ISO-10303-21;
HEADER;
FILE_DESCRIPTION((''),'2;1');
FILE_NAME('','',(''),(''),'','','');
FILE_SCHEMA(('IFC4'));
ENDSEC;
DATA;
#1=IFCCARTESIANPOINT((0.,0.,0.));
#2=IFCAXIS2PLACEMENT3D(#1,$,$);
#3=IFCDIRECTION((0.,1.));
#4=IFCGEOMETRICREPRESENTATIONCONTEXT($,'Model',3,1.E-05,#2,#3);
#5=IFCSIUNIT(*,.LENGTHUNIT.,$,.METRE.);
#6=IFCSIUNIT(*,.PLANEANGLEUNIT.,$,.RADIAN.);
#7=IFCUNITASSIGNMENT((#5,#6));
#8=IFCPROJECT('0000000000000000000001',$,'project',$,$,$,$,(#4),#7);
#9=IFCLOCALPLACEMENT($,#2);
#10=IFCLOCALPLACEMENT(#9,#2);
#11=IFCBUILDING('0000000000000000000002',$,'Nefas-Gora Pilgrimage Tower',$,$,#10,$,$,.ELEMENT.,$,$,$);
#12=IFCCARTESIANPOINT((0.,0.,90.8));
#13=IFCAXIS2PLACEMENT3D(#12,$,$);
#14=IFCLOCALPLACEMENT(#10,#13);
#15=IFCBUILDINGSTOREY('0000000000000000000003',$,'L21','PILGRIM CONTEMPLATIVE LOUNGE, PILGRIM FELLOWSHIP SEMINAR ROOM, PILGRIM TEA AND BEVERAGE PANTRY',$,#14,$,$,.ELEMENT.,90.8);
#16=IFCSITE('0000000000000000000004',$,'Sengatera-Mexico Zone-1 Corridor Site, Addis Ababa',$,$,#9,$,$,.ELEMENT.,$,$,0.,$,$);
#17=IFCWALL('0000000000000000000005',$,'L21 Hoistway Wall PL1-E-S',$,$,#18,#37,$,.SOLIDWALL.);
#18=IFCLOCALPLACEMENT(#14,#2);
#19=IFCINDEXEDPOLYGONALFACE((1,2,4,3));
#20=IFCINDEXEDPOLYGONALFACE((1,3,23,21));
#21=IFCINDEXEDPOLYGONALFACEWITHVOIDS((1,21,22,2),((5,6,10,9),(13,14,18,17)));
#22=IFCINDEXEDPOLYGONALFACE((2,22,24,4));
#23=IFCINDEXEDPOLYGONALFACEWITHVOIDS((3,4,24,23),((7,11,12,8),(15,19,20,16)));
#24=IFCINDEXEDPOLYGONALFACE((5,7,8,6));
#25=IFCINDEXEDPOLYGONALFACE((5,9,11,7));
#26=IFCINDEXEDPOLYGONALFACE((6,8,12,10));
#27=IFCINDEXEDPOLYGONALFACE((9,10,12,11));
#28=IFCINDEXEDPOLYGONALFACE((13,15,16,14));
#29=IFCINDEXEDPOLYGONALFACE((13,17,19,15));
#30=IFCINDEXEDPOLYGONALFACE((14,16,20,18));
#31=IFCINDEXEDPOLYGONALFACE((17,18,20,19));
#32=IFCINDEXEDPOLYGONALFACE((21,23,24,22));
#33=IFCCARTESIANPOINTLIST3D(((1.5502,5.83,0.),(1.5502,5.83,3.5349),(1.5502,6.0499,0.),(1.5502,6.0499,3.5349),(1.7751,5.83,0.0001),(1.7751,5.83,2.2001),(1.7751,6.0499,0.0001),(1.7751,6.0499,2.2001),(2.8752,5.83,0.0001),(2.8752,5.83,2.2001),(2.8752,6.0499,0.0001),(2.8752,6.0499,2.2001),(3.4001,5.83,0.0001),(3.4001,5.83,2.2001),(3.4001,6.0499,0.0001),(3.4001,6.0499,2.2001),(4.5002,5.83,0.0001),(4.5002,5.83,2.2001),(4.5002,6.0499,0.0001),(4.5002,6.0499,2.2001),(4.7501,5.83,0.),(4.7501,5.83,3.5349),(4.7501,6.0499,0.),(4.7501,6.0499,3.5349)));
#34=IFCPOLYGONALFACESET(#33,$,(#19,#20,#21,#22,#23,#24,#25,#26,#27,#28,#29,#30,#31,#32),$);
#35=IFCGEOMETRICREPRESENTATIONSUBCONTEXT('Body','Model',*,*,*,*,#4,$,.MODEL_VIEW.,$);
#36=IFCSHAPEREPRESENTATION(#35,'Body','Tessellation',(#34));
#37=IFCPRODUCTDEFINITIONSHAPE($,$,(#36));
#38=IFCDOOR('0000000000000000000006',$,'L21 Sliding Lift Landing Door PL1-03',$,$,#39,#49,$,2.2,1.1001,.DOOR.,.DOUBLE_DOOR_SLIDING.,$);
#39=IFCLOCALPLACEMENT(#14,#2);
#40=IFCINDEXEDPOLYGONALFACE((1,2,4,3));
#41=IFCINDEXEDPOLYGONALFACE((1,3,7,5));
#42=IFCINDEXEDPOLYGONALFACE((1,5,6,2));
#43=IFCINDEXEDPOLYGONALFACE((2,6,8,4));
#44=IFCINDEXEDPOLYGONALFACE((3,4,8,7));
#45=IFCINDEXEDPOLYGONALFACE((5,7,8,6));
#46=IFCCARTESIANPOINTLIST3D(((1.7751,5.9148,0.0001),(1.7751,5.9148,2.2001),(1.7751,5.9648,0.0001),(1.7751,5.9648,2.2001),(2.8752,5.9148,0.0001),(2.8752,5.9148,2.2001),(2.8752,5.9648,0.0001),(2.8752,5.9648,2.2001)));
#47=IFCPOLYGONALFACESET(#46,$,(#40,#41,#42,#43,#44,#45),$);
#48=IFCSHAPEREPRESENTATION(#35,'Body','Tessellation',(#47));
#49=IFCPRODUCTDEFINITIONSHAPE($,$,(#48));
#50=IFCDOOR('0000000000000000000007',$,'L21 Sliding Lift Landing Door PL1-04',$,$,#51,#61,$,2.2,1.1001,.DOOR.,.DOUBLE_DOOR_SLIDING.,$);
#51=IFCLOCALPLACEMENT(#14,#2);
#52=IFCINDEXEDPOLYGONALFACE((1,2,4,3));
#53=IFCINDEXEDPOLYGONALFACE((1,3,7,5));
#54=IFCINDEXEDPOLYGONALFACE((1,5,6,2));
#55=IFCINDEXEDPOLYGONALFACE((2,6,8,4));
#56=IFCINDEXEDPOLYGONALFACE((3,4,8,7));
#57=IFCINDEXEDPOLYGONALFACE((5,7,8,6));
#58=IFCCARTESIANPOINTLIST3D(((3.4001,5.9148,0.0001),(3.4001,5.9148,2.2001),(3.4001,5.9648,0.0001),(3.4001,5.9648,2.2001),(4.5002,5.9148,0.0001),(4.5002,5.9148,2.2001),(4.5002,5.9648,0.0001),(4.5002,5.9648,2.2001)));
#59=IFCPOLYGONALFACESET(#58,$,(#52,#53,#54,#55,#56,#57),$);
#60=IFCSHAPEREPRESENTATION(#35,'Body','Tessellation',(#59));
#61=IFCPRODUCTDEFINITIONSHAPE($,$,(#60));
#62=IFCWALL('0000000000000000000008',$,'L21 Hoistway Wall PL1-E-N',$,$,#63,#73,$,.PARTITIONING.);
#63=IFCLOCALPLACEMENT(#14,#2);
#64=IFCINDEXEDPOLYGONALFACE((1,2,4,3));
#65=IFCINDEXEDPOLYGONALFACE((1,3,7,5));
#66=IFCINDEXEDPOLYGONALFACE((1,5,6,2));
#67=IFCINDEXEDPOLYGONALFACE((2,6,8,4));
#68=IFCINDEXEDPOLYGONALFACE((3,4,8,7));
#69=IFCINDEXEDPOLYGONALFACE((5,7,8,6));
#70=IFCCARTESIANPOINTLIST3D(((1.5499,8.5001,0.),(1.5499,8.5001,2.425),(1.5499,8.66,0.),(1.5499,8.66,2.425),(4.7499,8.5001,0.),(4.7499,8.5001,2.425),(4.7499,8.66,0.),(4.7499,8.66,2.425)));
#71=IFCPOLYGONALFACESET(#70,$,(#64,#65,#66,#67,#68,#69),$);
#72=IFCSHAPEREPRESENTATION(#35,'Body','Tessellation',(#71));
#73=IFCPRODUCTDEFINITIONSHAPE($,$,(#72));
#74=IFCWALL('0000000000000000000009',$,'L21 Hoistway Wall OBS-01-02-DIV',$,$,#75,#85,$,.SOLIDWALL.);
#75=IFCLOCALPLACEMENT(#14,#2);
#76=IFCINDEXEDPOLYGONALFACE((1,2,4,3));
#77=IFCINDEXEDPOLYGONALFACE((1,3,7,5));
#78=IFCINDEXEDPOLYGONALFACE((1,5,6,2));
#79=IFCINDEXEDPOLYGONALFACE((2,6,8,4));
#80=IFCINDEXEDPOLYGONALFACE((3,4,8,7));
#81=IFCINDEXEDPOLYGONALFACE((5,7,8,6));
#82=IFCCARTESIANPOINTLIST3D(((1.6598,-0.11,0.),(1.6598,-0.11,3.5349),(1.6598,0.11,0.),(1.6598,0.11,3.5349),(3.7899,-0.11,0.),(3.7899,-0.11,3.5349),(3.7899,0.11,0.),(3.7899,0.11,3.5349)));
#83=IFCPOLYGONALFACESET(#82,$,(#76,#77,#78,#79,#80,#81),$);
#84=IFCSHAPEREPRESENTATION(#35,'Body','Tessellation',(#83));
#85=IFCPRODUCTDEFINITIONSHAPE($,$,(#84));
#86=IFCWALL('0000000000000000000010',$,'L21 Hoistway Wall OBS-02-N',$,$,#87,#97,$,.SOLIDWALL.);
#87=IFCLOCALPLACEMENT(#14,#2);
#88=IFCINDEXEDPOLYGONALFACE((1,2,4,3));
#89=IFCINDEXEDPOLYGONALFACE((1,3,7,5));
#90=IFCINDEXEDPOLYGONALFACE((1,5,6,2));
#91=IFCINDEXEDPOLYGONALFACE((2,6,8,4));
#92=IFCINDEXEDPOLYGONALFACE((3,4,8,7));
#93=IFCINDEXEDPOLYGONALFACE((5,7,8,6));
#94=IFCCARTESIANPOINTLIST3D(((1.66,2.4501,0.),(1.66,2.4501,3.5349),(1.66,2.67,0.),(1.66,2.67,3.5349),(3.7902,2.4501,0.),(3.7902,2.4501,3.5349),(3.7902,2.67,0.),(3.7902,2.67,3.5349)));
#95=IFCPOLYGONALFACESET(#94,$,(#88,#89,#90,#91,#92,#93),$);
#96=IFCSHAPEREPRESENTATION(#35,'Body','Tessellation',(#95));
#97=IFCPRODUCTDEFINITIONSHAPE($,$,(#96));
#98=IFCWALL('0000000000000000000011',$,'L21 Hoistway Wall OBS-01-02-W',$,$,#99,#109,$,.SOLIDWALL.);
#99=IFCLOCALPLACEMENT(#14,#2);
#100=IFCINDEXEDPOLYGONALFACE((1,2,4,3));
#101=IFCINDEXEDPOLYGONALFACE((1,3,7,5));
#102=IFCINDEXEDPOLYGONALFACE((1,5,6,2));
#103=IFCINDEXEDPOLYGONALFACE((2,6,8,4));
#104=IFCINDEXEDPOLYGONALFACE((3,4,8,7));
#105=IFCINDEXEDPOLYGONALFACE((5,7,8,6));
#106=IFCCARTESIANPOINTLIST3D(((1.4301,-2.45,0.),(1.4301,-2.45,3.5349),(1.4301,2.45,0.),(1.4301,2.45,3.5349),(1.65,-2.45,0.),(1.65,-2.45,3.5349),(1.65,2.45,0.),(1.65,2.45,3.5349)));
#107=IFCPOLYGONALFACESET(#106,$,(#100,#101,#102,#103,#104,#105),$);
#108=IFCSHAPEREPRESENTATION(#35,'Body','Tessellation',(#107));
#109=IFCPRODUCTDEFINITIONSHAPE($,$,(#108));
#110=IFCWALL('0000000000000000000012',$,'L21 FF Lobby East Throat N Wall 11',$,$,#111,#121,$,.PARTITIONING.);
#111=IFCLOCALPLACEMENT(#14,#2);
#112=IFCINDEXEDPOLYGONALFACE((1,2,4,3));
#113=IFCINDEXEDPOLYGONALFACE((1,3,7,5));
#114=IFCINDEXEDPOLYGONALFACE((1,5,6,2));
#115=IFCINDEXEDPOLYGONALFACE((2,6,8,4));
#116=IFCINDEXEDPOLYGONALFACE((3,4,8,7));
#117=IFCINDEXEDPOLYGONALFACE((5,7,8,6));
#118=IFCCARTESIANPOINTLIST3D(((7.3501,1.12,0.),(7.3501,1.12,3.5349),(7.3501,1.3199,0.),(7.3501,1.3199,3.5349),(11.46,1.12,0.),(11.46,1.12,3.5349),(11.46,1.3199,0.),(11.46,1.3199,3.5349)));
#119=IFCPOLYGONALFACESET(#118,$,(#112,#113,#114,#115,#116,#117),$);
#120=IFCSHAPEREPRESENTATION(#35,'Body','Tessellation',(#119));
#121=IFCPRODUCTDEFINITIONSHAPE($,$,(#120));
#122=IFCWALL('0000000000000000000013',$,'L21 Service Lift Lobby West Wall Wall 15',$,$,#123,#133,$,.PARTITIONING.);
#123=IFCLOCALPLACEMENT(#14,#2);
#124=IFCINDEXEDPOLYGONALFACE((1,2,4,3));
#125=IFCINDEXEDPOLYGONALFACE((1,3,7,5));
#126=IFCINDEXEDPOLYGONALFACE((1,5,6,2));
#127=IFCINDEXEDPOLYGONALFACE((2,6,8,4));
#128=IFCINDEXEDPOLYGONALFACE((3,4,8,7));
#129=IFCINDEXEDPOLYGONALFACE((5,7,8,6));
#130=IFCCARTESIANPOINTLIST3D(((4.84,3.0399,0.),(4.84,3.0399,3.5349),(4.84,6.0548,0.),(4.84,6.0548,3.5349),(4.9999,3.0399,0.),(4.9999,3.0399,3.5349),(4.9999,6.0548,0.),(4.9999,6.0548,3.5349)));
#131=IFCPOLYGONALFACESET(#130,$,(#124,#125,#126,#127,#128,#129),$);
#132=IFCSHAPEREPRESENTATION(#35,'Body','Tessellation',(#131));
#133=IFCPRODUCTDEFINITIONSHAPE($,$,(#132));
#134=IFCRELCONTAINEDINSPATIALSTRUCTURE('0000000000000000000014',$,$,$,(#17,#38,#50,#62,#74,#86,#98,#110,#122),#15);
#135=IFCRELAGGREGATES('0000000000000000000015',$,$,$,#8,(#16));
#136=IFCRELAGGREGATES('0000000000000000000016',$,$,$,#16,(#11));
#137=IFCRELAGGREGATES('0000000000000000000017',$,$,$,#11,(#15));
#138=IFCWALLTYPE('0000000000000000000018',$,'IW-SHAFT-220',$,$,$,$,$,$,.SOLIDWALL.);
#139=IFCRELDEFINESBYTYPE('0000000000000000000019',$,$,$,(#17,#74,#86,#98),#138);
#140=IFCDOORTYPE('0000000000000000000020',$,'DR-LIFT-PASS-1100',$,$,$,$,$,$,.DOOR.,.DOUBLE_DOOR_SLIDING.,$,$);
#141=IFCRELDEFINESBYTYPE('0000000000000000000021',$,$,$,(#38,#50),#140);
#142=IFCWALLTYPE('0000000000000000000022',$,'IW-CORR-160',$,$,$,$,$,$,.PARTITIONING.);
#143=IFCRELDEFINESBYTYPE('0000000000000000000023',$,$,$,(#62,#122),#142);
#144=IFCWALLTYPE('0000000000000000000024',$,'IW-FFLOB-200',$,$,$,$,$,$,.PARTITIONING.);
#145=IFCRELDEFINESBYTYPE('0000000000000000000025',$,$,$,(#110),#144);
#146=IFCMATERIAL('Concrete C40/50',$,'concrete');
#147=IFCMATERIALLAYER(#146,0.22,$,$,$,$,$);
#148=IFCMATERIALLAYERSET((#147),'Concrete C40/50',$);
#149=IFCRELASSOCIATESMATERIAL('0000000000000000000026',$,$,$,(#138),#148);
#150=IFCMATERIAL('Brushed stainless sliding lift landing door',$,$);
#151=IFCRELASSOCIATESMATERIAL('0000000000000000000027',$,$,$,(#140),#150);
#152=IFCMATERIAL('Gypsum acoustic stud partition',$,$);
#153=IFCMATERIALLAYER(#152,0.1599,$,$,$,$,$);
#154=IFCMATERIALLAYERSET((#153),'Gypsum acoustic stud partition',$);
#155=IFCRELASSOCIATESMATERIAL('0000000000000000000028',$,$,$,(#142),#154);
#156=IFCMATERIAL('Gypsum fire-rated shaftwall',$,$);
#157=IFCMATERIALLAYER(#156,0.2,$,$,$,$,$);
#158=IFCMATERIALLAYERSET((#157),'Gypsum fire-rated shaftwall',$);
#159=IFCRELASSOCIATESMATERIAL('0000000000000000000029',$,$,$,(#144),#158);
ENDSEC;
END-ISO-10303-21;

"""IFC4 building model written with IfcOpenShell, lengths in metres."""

from ifc_helpers import new_model, si_unit, direction, frame, frame_2d, origin, place, context, subcontext, project, spatial, rectangle, extrude, source, transform, mapped, material, layer, layer_set, type_object, element, fill, save


model = new_model("IFC4")

# Units and contexts
model_context = context("Model", 3, precision=1e-05, world=origin(), true_north=direction((0.0, 1.0)))
body_context = subcontext(model_context, "Body", "Model", "MODEL_VIEW")
ifc_project = project(units=[si_unit("LENGTHUNIT", "METRE"), si_unit("PLANEANGLEUNIT", "RADIAN")], contexts=[model_context])

# Site, building, storey
site_placement = place(None, origin())
site = spatial("IfcSite", under=ifc_project, at=site_placement, Name="Sengatera-Mexico Zone-1 Corridor Site, Addis Ababa", CompositionType="ELEMENT", RefElevation=0.0)
building_placement = place(site_placement, origin())
building = spatial("IfcBuilding", under=site, at=building_placement, Name="Nefas-Gora Pilgrimage Tower", CompositionType="ELEMENT")
storey_placement = place(building_placement, frame((0.0, 0.0, 90.8)))
storey = spatial("IfcBuildingStorey", under=building, at=storey_placement, Name="L21", Description="PILGRIM CONTEMPLATIVE LOUNGE, PILGRIM FELLOWSHIP SEMINAR ROOM, PILGRIM TEA AND BEVERAGE PANTRY", CompositionType="ELEMENT", Elevation=90.8)

# Shared definitions
ifc_material_1 = material(Name="Concrete C40/50", Category="concrete")
ifc_layer_1 = layer(ifc_material_1, 0.22)
ifc_layer_set_1 = layer_set([ifc_layer_1], Name="Concrete C40/50")
wall_type_1 = type_object("IfcWallType", Name="IW-SHAFT-220", PredefinedType="SOLIDWALL", material=ifc_layer_set_1)

# Wall, openings, doors
shared_shape_1 = source(origin(), body_context, "Body", "SweptSolid", [
    extrude(rectangle(XDim=3.2, YDim=0.22, at=frame_2d((1.6001, 0.0))), origin(), (0.0, 0.0, 1.0), 3.5349),
])
wall_1_placement = place(storey_placement, frame((1.55, 5.9399, 0.0), z_axis=(0.0, 0.0, 1.0), x_axis=(1.0, 0.0, 0.0)))
wall_1 = element("IfcWall", 1, at=wall_1_placement, inside=storey, type_object=wall_type_1, Name="L21 Hoistway Wall PL1-E-S", PredefinedType="SOLIDWALL", context=body_context, shape_type="MappedRepresentation", body=[
    mapped(shared_shape_1, transform((0.0, 0.0, 0.0), x_axis=(1.0, 0.0, 0.0), y_axis=(0.0, 1.0, 0.0), z_axis=(0.0, 0.0, 1.0), scale=1.0)),
])
opening_1_placement = place(wall_1_placement, frame((0.2251, 0.0, 0.0)))
opening_1 = element("IfcOpeningElement", 2, at=opening_1_placement, cuts=wall_1, PredefinedType="OPENING", context=body_context, shape_type="SweptSolid", body=[
    extrude(rectangle(XDim=1.1001, YDim=2.2, at=frame_2d((0.55, 1.1001))), frame((0.0, 0.1199, 0.0), z_axis=(0.0, -1.0, 0.0), x_axis=(1.0, 0.0, 0.0)), (0.0, 0.0, 1.0), 0.24),
])
opening_2_placement = place(wall_1_placement, frame((1.8501, 0.0, 0.0)))
opening_2 = element("IfcOpeningElement", 3, at=opening_2_placement, cuts=wall_1, PredefinedType="OPENING", context=body_context, shape_type="SweptSolid", body=[
    extrude(rectangle(XDim=1.1001, YDim=2.2, at=frame_2d((0.55, 1.1001))), frame((0.0, 0.1199, 0.0), z_axis=(0.0, -1.0, 0.0), x_axis=(1.0, 0.0, 0.0)), (0.0, 0.0, 1.0), 0.24),
])
ifc_material_2 = material(Name="Brushed stainless sliding lift landing door")
door_type_1 = type_object("IfcDoorType", Name="DR-LIFT-PASS-1100", OperationType="DOUBLE_DOOR_SLIDING", PredefinedType="DOOR", material=ifc_material_2)
shared_shape_2 = source(origin(), body_context, "Body", "SweptSolid", [
    extrude(rectangle(XDim=1.1001, YDim=2.2, at=frame_2d((0.55, 1.1001))), frame((0.0, 0.0249, 0.0), z_axis=(0.0, -1.0, 0.0), x_axis=(1.0, 0.0, 0.0)), (0.0, 0.0, 1.0), 0.05),
])
door_1_placement = place(opening_1_placement, origin())
door_1 = element("IfcDoor", 4, at=door_1_placement, inside=storey, type_object=door_type_1, Name="L21 Sliding Lift Landing Door PL1-03", OperationType="DOUBLE_DOOR_SLIDING", OverallHeight=2.2, OverallWidth=1.1001, PredefinedType="DOOR", context=body_context, shape_type="MappedRepresentation", body=[
    mapped(shared_shape_2, transform((0.0, 0.0, 0.0), x_axis=(1.0, 0.0, 0.0), y_axis=(0.0, 1.0, 0.0), z_axis=(0.0, 0.0, 1.0), scale=1.0)),
])
fill(opening_1, door_1)
door_2_placement = place(opening_2_placement, origin())
door_2 = element("IfcDoor", 5, at=door_2_placement, inside=storey, type_object=door_type_1, Name="L21 Sliding Lift Landing Door PL1-04", OperationType="DOUBLE_DOOR_SLIDING", OverallHeight=2.2, OverallWidth=1.1001, PredefinedType="DOOR", context=body_context, shape_type="MappedRepresentation", body=[
    mapped(shared_shape_2, transform((0.0, 0.0, 0.0), x_axis=(1.0, 0.0, 0.0), y_axis=(0.0, 1.0, 0.0), z_axis=(0.0, 0.0, 1.0), scale=1.0)),
])
fill(opening_2, door_2)

# Walls
ifc_material_3 = material(Name="Gypsum acoustic stud partition")
ifc_layer_2 = layer(ifc_material_3, 0.1599)
ifc_layer_set_2 = layer_set([ifc_layer_2], Name="Gypsum acoustic stud partition")
wall_type_2 = type_object("IfcWallType", Name="IW-CORR-160", PredefinedType="PARTITIONING", material=ifc_layer_set_2)
shared_shape_3 = source(origin(), body_context, "Body", "SweptSolid", [
    extrude(rectangle(XDim=3.2, YDim=0.1599, at=frame_2d((1.6001, 0.0))), origin(), (0.0, 0.0, 1.0), 2.425),
])
wall_2_placement = place(storey_placement, frame((4.75, 8.5801, 0.0), z_axis=(0.0, 0.0, 1.0), x_axis=(-1.0, 0.0, 0.0)))
element("IfcWall", 6, at=wall_2_placement, inside=storey, type_object=wall_type_2, Name="L21 Hoistway Wall PL1-E-N", PredefinedType="PARTITIONING", context=body_context, shape_type="MappedRepresentation", body=[
    mapped(shared_shape_3, transform((0.0, 0.0, 0.0), x_axis=(1.0, 0.0, 0.0), y_axis=(0.0, 1.0, 0.0), z_axis=(0.0, 0.0, 1.0), scale=1.0)),
])
shared_shape_4 = source(origin(), body_context, "Body", "SweptSolid", [
    extrude(rectangle(XDim=2.1301, YDim=0.22, at=frame_2d((1.0649, 0.0))), origin(), (0.0, 0.0, 1.0), 3.5349),
])
for number, where, z_axis, x_axis, name in (
    (7, (1.6599, 0.0, 0.0), (0.0, 0.0, 1.0), (1.0, 0.0, 0.0), "L21 Hoistway Wall OBS-01-02-DIV"),
    (8, (3.79, 2.5601, 0.0), (0.0, 0.0, 1.0), (-1.0, 0.0, 0.0), "L21 Hoistway Wall OBS-02-N"),
):
    element("IfcWall", number, at=place(storey_placement, frame(where, z_axis=z_axis, x_axis=x_axis)), inside=storey, type_object=wall_type_1, Name=name, PredefinedType="SOLIDWALL", context=body_context, shape_type="MappedRepresentation", body=[
        mapped(shared_shape_4, transform((0.0, 0.0, 0.0), x_axis=(1.0, 0.0, 0.0), y_axis=(0.0, 1.0, 0.0), z_axis=(0.0, 0.0, 1.0), scale=1.0)),
    ])
shared_shape_5 = source(origin(), body_context, "Body", "SweptSolid", [
    extrude(rectangle(XDim=4.8999, YDim=0.22, at=frame_2d((2.45, 0.0))), origin(), (0.0, 0.0, 1.0), 3.5349),
])
wall_3_placement = place(storey_placement, frame((1.54, 2.45, 0.0), z_axis=(0.0, 0.0, 1.0), x_axis=(0.0, -1.0, 0.0)))
element("IfcWall", 9, at=wall_3_placement, inside=storey, type_object=wall_type_1, Name="L21 Hoistway Wall OBS-01-02-W", PredefinedType="SOLIDWALL", context=body_context, shape_type="MappedRepresentation", body=[
    mapped(shared_shape_5, transform((0.0, 0.0, 0.0), x_axis=(1.0, 0.0, 0.0), y_axis=(0.0, 1.0, 0.0), z_axis=(0.0, 0.0, 1.0), scale=1.0)),
])

# Shared definitions
ifc_material_4 = material(Name="Gypsum fire-rated shaftwall")
ifc_layer_3 = layer(ifc_material_4, 0.2)
ifc_layer_set_3 = layer_set([ifc_layer_3], Name="Gypsum fire-rated shaftwall")
wall_type_3 = type_object("IfcWallType", Name="IW-FFLOB-200", PredefinedType="PARTITIONING", material=ifc_layer_set_3)

# Walls
shared_shape_6 = source(origin(), body_context, "Body", "SweptSolid", [
    extrude(rectangle(XDim=4.1099, YDim=0.2, at=frame_2d((2.0549, 0.0))), origin(), (0.0, 0.0, 1.0), 3.5349),
])
wall_4_placement = place(storey_placement, frame((7.3501, 1.22, 0.0), z_axis=(0.0, 0.0, 1.0), x_axis=(1.0, 0.0, 0.0)))
element("IfcWall", 10, at=wall_4_placement, inside=storey, type_object=wall_type_3, Name="L21 FF Lobby East Throat N Wall 11", PredefinedType="PARTITIONING", context=body_context, shape_type="MappedRepresentation", body=[
    mapped(shared_shape_6, transform((0.0, 0.0, 0.0), x_axis=(1.0, 0.0, 0.0), y_axis=(0.0, 1.0, 0.0), z_axis=(0.0, 0.0, 1.0), scale=1.0)),
])
shared_shape_7 = source(origin(), body_context, "Body", "SweptSolid", [
    extrude(rectangle(XDim=3.0149, YDim=0.1599, at=frame_2d((1.5073, 0.0))), origin(), (0.0, 0.0, 1.0), 3.5349),
])
wall_5_placement = place(storey_placement, frame((4.9199, 3.04, 0.0), z_axis=(0.0, 0.0, 1.0), x_axis=(0.0, 1.0, 0.0)))
element("IfcWall", 11, at=wall_5_placement, inside=storey, type_object=wall_type_2, Name="L21 Service Lift Lobby West Wall Wall 15", PredefinedType="PARTITIONING", context=body_context, shape_type="MappedRepresentation", body=[
    mapped(shared_shape_7, transform((0.0, 0.0, 0.0), x_axis=(1.0, 0.0, 0.0), y_axis=(0.0, 1.0, 0.0), z_axis=(0.0, 0.0, 1.0), scale=1.0)),
])

save(model, "model.ifc")
